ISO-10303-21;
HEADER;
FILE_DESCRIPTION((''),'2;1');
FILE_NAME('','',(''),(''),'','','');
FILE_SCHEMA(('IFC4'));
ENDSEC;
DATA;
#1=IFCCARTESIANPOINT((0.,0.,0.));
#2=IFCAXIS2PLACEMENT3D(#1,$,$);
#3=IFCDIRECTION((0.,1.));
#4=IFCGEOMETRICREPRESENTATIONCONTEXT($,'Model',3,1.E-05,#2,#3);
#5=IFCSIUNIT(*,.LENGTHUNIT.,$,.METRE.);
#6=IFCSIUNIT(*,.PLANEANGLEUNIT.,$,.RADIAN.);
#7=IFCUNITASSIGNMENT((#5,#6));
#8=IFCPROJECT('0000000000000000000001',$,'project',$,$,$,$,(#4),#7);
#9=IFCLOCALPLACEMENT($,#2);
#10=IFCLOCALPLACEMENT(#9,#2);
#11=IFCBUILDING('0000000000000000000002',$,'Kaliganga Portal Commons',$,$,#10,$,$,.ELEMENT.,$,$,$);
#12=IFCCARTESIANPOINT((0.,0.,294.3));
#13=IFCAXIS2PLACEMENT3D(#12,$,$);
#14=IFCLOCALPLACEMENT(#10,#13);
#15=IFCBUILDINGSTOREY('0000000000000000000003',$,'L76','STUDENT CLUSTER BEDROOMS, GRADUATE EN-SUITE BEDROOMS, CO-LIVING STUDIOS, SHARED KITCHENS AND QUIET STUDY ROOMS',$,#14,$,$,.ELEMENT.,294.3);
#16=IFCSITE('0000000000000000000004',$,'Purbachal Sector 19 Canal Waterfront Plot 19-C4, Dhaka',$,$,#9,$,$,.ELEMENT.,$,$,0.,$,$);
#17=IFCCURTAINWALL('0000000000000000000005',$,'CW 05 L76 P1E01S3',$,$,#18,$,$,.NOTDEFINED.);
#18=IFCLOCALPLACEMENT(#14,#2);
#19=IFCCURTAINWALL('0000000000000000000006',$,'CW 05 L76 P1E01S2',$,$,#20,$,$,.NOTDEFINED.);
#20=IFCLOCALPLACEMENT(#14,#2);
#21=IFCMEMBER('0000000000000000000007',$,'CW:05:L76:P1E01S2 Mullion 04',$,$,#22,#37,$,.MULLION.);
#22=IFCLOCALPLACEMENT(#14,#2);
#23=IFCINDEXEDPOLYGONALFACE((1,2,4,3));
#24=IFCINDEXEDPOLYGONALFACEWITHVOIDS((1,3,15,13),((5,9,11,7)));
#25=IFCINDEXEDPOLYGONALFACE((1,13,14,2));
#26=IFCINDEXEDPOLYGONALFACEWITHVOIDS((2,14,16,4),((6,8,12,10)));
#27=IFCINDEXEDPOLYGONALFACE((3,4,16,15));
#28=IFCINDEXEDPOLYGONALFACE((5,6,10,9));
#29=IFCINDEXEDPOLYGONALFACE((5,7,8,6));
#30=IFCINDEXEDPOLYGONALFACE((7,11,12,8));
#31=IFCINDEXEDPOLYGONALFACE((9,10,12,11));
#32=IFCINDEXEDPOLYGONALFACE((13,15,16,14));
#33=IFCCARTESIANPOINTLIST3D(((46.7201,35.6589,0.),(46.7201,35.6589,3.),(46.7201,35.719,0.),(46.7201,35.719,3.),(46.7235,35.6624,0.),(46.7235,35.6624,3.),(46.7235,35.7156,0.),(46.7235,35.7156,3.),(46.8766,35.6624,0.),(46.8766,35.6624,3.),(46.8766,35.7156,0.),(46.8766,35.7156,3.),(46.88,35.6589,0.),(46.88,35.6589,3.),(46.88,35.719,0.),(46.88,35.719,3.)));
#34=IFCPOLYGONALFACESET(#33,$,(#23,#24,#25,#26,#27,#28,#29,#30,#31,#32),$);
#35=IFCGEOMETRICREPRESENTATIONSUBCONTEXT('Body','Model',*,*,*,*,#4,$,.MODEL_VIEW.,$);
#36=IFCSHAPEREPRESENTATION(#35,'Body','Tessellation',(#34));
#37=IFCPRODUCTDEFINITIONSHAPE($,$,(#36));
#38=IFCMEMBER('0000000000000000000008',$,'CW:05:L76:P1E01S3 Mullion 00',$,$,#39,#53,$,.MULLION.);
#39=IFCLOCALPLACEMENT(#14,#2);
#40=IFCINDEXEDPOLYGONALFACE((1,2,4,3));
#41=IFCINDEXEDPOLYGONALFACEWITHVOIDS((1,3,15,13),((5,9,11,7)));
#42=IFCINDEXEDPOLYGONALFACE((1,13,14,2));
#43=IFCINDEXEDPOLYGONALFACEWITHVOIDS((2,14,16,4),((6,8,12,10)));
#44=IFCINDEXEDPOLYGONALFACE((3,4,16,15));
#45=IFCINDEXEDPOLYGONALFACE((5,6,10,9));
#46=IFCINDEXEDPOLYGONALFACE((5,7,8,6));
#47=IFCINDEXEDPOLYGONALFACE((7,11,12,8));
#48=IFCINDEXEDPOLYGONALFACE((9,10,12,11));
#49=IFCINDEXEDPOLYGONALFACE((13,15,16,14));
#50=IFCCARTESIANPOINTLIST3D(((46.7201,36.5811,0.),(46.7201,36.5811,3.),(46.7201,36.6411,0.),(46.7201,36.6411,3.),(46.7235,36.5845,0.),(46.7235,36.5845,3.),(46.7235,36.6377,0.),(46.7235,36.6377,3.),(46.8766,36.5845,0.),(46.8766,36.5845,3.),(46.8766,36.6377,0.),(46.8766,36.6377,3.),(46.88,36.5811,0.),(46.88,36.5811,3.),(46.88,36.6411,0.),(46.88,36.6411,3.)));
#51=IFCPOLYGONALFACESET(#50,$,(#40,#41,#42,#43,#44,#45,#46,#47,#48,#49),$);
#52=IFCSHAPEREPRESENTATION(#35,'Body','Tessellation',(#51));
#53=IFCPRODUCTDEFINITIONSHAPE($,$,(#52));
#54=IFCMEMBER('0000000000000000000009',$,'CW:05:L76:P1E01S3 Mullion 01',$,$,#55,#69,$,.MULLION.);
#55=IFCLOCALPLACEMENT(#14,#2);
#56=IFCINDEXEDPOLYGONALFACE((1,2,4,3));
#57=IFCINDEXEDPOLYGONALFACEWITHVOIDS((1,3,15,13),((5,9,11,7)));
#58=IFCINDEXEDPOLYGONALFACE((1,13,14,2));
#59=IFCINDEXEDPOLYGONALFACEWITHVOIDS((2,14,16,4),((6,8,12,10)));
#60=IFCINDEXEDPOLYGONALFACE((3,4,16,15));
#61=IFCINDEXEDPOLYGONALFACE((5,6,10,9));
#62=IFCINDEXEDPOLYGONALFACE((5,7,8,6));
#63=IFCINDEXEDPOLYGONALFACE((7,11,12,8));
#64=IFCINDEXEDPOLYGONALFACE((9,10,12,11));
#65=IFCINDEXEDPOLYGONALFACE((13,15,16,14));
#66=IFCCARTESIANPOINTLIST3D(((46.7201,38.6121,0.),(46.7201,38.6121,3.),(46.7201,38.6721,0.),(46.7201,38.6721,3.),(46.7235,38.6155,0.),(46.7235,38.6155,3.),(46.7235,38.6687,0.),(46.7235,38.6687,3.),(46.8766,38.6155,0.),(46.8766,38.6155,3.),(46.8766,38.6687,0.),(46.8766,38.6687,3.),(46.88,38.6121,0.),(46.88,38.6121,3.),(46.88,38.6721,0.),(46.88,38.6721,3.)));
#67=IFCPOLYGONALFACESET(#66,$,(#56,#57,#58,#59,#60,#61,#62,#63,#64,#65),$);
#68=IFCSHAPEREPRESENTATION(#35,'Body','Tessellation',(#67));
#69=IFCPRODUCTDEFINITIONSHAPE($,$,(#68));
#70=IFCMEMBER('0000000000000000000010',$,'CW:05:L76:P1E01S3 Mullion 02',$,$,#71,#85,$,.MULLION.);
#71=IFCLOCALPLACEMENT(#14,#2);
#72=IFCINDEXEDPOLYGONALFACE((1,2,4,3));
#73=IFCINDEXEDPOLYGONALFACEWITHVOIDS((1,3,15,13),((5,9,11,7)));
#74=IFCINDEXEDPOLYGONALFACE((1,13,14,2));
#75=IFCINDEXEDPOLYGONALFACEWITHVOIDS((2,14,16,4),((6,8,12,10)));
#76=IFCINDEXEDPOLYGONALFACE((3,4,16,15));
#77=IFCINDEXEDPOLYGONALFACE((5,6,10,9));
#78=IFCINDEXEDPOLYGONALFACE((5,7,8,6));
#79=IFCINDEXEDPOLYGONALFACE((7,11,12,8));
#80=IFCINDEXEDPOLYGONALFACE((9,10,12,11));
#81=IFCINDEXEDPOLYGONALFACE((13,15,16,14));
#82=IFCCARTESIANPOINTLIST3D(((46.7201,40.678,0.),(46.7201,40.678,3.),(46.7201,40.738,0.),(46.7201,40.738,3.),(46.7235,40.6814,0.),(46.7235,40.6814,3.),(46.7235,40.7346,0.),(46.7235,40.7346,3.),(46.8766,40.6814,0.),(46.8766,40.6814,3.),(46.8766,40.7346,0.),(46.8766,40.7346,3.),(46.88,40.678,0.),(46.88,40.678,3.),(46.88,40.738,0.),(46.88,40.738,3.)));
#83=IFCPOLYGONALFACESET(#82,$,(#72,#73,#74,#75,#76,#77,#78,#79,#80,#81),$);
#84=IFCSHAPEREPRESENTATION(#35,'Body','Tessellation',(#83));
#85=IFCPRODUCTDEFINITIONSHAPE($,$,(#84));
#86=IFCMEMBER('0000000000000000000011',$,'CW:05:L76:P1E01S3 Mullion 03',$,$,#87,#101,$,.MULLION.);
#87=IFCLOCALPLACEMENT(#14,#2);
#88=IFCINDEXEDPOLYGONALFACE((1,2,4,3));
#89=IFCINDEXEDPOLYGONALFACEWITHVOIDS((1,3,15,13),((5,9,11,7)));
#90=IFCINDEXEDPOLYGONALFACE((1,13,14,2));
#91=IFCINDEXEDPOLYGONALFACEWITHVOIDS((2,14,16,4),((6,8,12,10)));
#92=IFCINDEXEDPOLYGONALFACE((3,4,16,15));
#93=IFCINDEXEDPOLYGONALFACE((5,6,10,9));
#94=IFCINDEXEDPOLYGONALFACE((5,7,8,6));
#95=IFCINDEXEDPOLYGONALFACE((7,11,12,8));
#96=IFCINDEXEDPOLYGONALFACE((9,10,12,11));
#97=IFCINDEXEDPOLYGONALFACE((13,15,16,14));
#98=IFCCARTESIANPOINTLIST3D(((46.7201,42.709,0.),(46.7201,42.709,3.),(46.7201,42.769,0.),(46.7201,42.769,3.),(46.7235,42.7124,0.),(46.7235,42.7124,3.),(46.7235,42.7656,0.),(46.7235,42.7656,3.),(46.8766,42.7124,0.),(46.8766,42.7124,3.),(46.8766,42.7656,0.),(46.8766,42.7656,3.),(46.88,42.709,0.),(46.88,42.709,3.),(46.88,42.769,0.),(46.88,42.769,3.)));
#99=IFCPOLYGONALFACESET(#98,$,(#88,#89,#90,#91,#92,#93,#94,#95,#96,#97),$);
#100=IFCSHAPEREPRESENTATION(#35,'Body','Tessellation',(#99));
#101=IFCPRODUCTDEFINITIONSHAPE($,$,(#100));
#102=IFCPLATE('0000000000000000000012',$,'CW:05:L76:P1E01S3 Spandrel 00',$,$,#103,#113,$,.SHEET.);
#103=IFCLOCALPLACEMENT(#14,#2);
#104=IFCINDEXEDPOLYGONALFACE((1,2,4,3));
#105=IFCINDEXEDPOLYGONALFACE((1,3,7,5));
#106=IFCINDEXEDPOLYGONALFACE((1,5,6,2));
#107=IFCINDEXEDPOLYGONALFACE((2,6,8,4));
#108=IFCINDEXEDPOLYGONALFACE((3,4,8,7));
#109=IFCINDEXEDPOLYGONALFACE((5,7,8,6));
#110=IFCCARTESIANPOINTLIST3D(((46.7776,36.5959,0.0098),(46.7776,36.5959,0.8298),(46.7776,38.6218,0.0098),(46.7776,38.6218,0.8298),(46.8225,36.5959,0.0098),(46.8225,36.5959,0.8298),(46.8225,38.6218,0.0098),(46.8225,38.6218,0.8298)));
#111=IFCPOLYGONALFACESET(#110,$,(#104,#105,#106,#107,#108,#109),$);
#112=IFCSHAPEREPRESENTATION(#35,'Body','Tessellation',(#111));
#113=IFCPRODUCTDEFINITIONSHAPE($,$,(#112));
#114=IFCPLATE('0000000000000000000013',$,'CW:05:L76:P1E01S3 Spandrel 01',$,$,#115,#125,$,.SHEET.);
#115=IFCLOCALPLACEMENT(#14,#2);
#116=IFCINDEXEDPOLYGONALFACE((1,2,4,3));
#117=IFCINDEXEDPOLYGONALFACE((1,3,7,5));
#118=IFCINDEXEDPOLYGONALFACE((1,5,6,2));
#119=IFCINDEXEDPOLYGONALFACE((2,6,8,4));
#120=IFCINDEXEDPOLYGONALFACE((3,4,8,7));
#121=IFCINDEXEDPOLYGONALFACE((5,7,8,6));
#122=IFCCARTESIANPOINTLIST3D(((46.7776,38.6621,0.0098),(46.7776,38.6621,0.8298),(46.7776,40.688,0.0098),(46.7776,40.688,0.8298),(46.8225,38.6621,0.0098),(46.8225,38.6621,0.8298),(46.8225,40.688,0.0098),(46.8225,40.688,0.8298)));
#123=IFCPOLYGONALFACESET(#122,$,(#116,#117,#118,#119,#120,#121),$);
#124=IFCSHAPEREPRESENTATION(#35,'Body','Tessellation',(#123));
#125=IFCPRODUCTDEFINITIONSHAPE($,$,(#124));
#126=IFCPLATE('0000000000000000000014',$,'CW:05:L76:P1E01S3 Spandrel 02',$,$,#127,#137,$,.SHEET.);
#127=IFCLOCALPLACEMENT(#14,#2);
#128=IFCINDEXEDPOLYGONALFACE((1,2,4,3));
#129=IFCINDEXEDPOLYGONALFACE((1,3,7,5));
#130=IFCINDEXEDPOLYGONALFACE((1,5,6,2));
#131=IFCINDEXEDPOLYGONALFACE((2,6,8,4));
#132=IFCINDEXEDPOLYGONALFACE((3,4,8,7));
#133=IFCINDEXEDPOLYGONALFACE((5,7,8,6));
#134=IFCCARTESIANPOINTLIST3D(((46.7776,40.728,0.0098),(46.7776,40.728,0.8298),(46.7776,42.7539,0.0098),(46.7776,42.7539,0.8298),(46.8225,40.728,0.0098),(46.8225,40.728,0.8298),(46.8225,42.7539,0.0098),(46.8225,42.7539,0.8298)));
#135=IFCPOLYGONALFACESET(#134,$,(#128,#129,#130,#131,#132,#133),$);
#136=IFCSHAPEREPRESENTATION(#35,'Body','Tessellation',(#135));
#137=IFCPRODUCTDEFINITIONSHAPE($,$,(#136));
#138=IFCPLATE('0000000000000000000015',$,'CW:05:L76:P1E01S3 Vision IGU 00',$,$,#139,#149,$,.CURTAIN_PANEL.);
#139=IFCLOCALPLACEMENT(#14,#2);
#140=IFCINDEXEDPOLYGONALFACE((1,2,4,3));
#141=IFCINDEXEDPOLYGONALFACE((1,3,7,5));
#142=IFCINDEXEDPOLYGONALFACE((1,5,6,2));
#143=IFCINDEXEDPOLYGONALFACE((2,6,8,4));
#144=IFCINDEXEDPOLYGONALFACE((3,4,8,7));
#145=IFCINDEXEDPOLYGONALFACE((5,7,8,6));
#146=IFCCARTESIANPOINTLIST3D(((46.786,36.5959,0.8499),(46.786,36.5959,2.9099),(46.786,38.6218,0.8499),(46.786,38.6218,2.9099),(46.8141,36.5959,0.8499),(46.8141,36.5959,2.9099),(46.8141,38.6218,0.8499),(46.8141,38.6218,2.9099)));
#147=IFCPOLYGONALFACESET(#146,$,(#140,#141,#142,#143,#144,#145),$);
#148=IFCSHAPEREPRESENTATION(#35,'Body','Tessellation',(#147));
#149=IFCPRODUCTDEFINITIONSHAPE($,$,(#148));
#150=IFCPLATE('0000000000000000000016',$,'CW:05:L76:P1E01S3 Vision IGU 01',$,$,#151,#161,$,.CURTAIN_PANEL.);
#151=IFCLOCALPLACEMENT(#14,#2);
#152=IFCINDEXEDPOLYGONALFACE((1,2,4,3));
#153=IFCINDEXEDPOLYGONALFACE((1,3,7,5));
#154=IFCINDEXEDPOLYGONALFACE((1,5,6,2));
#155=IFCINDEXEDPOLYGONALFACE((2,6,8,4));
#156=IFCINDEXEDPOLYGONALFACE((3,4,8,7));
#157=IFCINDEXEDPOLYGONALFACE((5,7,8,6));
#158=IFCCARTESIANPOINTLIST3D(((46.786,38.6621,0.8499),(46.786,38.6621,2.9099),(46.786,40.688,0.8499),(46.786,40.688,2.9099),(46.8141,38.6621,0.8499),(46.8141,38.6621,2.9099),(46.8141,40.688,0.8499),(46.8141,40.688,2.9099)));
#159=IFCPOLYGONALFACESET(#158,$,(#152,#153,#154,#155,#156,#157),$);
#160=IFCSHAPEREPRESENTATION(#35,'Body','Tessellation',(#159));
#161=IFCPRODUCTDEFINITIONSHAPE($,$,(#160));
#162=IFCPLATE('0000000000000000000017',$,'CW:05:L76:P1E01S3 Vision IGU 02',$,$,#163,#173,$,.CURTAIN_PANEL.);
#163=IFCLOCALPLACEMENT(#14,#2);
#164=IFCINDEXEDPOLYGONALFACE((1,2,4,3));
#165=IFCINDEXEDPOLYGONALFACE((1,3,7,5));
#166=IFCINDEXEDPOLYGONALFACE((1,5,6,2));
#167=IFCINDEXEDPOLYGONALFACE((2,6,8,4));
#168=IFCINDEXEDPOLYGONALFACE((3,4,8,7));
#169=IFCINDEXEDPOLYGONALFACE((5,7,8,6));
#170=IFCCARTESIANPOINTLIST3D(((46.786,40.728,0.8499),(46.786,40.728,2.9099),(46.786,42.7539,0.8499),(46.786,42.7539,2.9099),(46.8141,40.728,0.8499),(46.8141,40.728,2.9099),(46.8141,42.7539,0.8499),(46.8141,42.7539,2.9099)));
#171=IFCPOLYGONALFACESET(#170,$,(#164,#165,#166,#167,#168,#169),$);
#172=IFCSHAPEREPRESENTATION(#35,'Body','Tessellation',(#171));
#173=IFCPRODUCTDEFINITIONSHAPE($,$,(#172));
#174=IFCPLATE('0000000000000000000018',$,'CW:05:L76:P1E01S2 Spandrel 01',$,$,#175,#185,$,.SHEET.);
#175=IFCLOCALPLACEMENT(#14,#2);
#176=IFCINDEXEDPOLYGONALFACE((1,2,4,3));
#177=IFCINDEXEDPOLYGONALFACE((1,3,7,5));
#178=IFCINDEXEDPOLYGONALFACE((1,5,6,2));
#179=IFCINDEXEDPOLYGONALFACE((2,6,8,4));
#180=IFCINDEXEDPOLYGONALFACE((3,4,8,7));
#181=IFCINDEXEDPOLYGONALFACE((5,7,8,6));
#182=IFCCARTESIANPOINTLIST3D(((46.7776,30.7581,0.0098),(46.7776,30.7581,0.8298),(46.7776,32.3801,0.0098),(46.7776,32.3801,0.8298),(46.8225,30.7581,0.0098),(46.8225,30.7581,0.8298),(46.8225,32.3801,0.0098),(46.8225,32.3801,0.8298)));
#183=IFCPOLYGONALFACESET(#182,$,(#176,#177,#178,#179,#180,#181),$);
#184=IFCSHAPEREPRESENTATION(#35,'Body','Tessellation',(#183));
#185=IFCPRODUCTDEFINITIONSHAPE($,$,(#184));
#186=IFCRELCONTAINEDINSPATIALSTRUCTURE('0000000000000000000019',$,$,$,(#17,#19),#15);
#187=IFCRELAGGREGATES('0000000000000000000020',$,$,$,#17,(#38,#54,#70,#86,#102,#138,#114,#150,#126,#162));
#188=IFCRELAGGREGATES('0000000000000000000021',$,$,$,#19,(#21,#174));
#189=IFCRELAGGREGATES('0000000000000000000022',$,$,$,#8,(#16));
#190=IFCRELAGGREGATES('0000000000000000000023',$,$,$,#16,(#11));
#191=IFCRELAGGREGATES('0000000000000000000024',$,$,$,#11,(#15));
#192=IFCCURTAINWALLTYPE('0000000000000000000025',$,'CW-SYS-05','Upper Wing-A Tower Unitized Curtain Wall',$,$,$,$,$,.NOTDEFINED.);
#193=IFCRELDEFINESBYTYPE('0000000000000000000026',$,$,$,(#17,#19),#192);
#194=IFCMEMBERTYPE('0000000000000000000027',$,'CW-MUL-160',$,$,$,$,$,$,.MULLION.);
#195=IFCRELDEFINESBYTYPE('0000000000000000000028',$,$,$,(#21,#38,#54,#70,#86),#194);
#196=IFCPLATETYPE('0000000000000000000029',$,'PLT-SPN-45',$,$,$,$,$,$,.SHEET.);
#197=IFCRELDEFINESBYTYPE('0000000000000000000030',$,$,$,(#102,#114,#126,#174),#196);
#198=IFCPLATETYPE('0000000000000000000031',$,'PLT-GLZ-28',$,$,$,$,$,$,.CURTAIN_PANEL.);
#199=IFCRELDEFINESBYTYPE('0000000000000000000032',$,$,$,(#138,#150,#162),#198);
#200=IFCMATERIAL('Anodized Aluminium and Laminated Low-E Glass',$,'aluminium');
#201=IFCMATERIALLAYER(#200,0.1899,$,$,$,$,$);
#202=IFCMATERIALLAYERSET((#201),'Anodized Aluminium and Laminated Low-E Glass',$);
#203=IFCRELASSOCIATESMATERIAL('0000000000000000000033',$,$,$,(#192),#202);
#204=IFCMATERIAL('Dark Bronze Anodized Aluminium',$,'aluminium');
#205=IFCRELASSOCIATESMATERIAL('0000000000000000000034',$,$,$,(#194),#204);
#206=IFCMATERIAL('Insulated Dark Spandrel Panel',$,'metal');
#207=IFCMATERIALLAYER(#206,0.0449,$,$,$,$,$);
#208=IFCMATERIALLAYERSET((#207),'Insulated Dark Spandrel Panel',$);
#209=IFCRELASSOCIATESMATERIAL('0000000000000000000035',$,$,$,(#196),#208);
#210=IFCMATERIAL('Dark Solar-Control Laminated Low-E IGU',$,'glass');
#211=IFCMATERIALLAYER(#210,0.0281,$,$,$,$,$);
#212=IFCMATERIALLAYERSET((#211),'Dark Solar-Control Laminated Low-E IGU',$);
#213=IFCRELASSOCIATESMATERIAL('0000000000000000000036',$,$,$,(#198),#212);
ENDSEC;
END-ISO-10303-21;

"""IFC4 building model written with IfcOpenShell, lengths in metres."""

from ifc_helpers import new_model, si_unit, direction, frame, origin, origin_2d, place, context, subcontext, project, spatial, rectangle, hollow_rectangle, extrude, source, transform, mapped, material, layer, layer_set, material_profile, profile_set, type_object, element, aggregate, save


model = new_model("IFC4")

# Units and contexts
model_context = context("Model", 3, precision=1e-05, world=origin(), true_north=direction((0.0, 1.0)))
body_context = subcontext(model_context, "Body", "Model", "MODEL_VIEW")
ifc_project = project(units=[si_unit("LENGTHUNIT", "METRE"), si_unit("PLANEANGLEUNIT", "RADIAN")], contexts=[model_context])

# Site, building, storey
site_placement = place(None, origin())
site = spatial("IfcSite", under=ifc_project, at=site_placement, Name="Purbachal Sector 19 Canal Waterfront Plot 19-C4, Dhaka", CompositionType="ELEMENT", RefElevation=0.0)
building_placement = place(site_placement, origin())
building = spatial("IfcBuilding", under=site, at=building_placement, Name="Kaliganga Portal Commons", CompositionType="ELEMENT")
storey_placement = place(building_placement, frame((0.0, 0.0, 294.3)))
storey = spatial("IfcBuildingStorey", under=building, at=storey_placement, Name="L76", Description="STUDENT CLUSTER BEDROOMS, GRADUATE EN-SUITE BEDROOMS, CO-LIVING STUDIOS, SHARED KITCHENS AND QUIET STUDY ROOMS", CompositionType="ELEMENT", Elevation=294.3)

# Curtain walls, member
ifc_material_1 = material(Name="Anodized Aluminium and Laminated Low-E Glass", Category="aluminium")
ifc_layer_1 = layer(ifc_material_1, 0.1899)
ifc_layer_set_1 = layer_set([ifc_layer_1], Name="Anodized Aluminium and Laminated Low-E Glass")
curtain_wall_type = type_object("IfcCurtainWallType", Name="CW-SYS-05", Description="Upper Wing-A Tower Unitized Curtain Wall", PredefinedType="NOTDEFINED", material=ifc_layer_set_1)
curtain_wall_1_placement = place(storey_placement, origin())
curtain_wall_1 = element("IfcCurtainWall", 1, at=curtain_wall_1_placement, inside=storey, type_object=curtain_wall_type, Name="CW 05 L76 P1E01S3", PredefinedType="NOTDEFINED")
ifc_material_2 = material(Name="Dark Bronze Anodized Aluminium", Category="aluminium")
curtain_wall_2_placement = place(storey_placement, origin())
curtain_wall_2 = element("IfcCurtainWall", 2, at=curtain_wall_2_placement, inside=storey, type_object=curtain_wall_type, Name="CW 05 L76 P1E01S2", PredefinedType="NOTDEFINED")
ifc_material_profile_1 = material_profile(ifc_material_2, hollow_rectangle(XDim=0.0601, YDim=0.1599, WallThickness=0.0034, at=origin_2d()), Name="ALU MULL 60x160x3.5")
ifc_profile_set_1 = profile_set([ifc_material_profile_1], Name="Dark Bronze Anodized Aluminium")
member_type_1 = type_object("IfcMemberType", Name="CW-MUL-160", PredefinedType="MULLION", material=ifc_profile_set_1)
shared_shape_1 = source(origin(), body_context, "Body", "SweptSolid", [
    extrude(hollow_rectangle(XDim=0.0601, YDim=0.1599, WallThickness=0.0034, at=origin_2d()), origin(), (0.0, 0.0, 1.0), 3.0),
])
member_1_placement = place(storey_placement, frame((46.8, 35.689, 0.0), z_axis=(0.0, 0.0, 1.0), x_axis=(0.0, 1.0, 0.0)))
member_1 = element("IfcMember", 3, at=member_1_placement, type_object=member_type_1, Name="CW:05:L76:P1E01S2 Mullion 04", PredefinedType="MULLION", context=body_context, shape_type="MappedRepresentation", body=[
    mapped(shared_shape_1, transform((0.0, 0.0, 0.0), x_axis=(1.0, 0.0, 0.0), y_axis=(0.0, 1.0, 0.0), z_axis=(0.0, 0.0, 1.0), scale=1.0)),
])

# Members
member_2_placement = place(storey_placement, frame((46.8, 36.6111, 0.0), z_axis=(0.0, 0.0, 1.0), x_axis=(0.0, 1.0, 0.0)))
member_2 = element("IfcMember", 4, at=member_2_placement, type_object=member_type_1, Name="CW:05:L76:P1E01S3 Mullion 00", PredefinedType="MULLION", context=body_context, shape_type="MappedRepresentation", body=[
    mapped(shared_shape_1, transform((0.0, 0.0, 0.0), x_axis=(1.0, 0.0, 0.0), y_axis=(0.0, 1.0, 0.0), z_axis=(0.0, 0.0, 1.0), scale=1.0)),
])
member_3_placement = place(storey_placement, frame((46.8, 38.6421, 0.0), z_axis=(0.0, 0.0, 1.0), x_axis=(0.0, 1.0, 0.0)))
member_3 = element("IfcMember", 5, at=member_3_placement, type_object=member_type_1, Name="CW:05:L76:P1E01S3 Mullion 01", PredefinedType="MULLION", context=body_context, shape_type="MappedRepresentation", body=[
    mapped(shared_shape_1, transform((0.0, 0.0, 0.0), x_axis=(1.0, 0.0, 0.0), y_axis=(0.0, 1.0, 0.0), z_axis=(0.0, 0.0, 1.0), scale=1.0)),
])
member_4_placement = place(storey_placement, frame((46.8, 40.708, 0.0), z_axis=(0.0, 0.0, 1.0), x_axis=(0.0, 1.0, 0.0)))
member_4 = element("IfcMember", 6, at=member_4_placement, type_object=member_type_1, Name="CW:05:L76:P1E01S3 Mullion 02", PredefinedType="MULLION", context=body_context, shape_type="MappedRepresentation", body=[
    mapped(shared_shape_1, transform((0.0, 0.0, 0.0), x_axis=(1.0, 0.0, 0.0), y_axis=(0.0, 1.0, 0.0), z_axis=(0.0, 0.0, 1.0), scale=1.0)),
])
member_5_placement = place(storey_placement, frame((46.8, 42.739, 0.0), z_axis=(0.0, 0.0, 1.0), x_axis=(0.0, 1.0, 0.0)))
member_5 = element("IfcMember", 7, at=member_5_placement, type_object=member_type_1, Name="CW:05:L76:P1E01S3 Mullion 03", PredefinedType="MULLION", context=body_context, shape_type="MappedRepresentation", body=[
    mapped(shared_shape_1, transform((0.0, 0.0, 0.0), x_axis=(1.0, 0.0, 0.0), y_axis=(0.0, 1.0, 0.0), z_axis=(0.0, 0.0, 1.0), scale=1.0)),
])

# Plates
ifc_material_3 = material(Name="Insulated Dark Spandrel Panel", Category="metal")
ifc_layer_2 = layer(ifc_material_3, 0.0449)
ifc_layer_set_2 = layer_set([ifc_layer_2], Name="Insulated Dark Spandrel Panel")
plate_type_1 = type_object("IfcPlateType", Name="PLT-SPN-45", PredefinedType="SHEET", material=ifc_layer_set_2)
shared_shape_2 = source(origin(), body_context, "Body", "SweptSolid", [
    extrude(rectangle(XDim=2.0259, YDim=0.0449, at=origin_2d()), origin(), (0.0, 0.0, 1.0), 0.8201),
])
plate_1_placement = place(storey_placement, frame((46.8, 37.6089, 0.0098), z_axis=(0.0, 0.0, 1.0), x_axis=(0.0, 1.0, 0.0)))
plate_1 = element("IfcPlate", 8, at=plate_1_placement, type_object=plate_type_1, Name="CW:05:L76:P1E01S3 Spandrel 00", PredefinedType="SHEET", context=body_context, shape_type="MappedRepresentation", body=[
    mapped(shared_shape_2, transform((0.0, 0.0, 0.0), x_axis=(1.0, 0.0, 0.0), y_axis=(0.0, 1.0, 0.0), z_axis=(0.0, 0.0, 1.0), scale=1.0)),
])
plate_2_placement = place(storey_placement, frame((46.8, 39.675, 0.0098), z_axis=(0.0, 0.0, 1.0), x_axis=(0.0, 1.0, 0.0)))
plate_2 = element("IfcPlate", 9, at=plate_2_placement, type_object=plate_type_1, Name="CW:05:L76:P1E01S3 Spandrel 01", PredefinedType="SHEET", context=body_context, shape_type="MappedRepresentation", body=[
    mapped(shared_shape_2, transform((0.0, 0.0, 0.0), x_axis=(1.0, 0.0, 0.0), y_axis=(0.0, 1.0, 0.0), z_axis=(0.0, 0.0, 1.0), scale=1.0)),
])
plate_3_placement = place(storey_placement, frame((46.8, 41.741, 0.0098), z_axis=(0.0, 0.0, 1.0), x_axis=(0.0, 1.0, 0.0)))
plate_3 = element("IfcPlate", 10, at=plate_3_placement, type_object=plate_type_1, Name="CW:05:L76:P1E01S3 Spandrel 02", PredefinedType="SHEET", context=body_context, shape_type="MappedRepresentation", body=[
    mapped(shared_shape_2, transform((0.0, 0.0, 0.0), x_axis=(1.0, 0.0, 0.0), y_axis=(0.0, 1.0, 0.0), z_axis=(0.0, 0.0, 1.0), scale=1.0)),
])
ifc_material_4 = material(Name="Dark Solar-Control Laminated Low-E IGU", Category="glass")
ifc_layer_3 = layer(ifc_material_4, 0.0281)
ifc_layer_set_3 = layer_set([ifc_layer_3], Name="Dark Solar-Control Laminated Low-E IGU")
plate_type_2 = type_object("IfcPlateType", Name="PLT-GLZ-28", PredefinedType="CURTAIN_PANEL", material=ifc_layer_set_3)
shared_shape_3 = source(origin(), body_context, "Body", "SweptSolid", [
    extrude(rectangle(XDim=2.0259, YDim=0.0281, at=origin_2d()), origin(), (0.0, 0.0, 1.0), 2.0601),
])
plate_4_placement = place(storey_placement, frame((46.8, 37.6089, 0.8499), z_axis=(0.0, 0.0, 1.0), x_axis=(0.0, 1.0, 0.0)))
plate_4 = element("IfcPlate", 11, at=plate_4_placement, type_object=plate_type_2, Name="CW:05:L76:P1E01S3 Vision IGU 00", PredefinedType="CURTAIN_PANEL", context=body_context, shape_type="MappedRepresentation", body=[
    mapped(shared_shape_3, transform((0.0, 0.0, 0.0), x_axis=(1.0, 0.0, 0.0), y_axis=(0.0, 1.0, 0.0), z_axis=(0.0, 0.0, 1.0), scale=1.0)),
])
plate_5_placement = place(storey_placement, frame((46.8, 39.675, 0.8499), z_axis=(0.0, 0.0, 1.0), x_axis=(0.0, 1.0, 0.0)))
plate_5 = element("IfcPlate", 12, at=plate_5_placement, type_object=plate_type_2, Name="CW:05:L76:P1E01S3 Vision IGU 01", PredefinedType="CURTAIN_PANEL", context=body_context, shape_type="MappedRepresentation", body=[
    mapped(shared_shape_3, transform((0.0, 0.0, 0.0), x_axis=(1.0, 0.0, 0.0), y_axis=(0.0, 1.0, 0.0), z_axis=(0.0, 0.0, 1.0), scale=1.0)),
])
plate_6_placement = place(storey_placement, frame((46.8, 41.741, 0.8499), z_axis=(0.0, 0.0, 1.0), x_axis=(0.0, 1.0, 0.0)))
plate_6 = element("IfcPlate", 13, at=plate_6_placement, type_object=plate_type_2, Name="CW:05:L76:P1E01S3 Vision IGU 02", PredefinedType="CURTAIN_PANEL", context=body_context, shape_type="MappedRepresentation", body=[
    mapped(shared_shape_3, transform((0.0, 0.0, 0.0), x_axis=(1.0, 0.0, 0.0), y_axis=(0.0, 1.0, 0.0), z_axis=(0.0, 0.0, 1.0), scale=1.0)),
])
aggregate(curtain_wall_1, [member_2, member_3, member_4, member_5, plate_1, plate_4, plate_2, plate_5, plate_3, plate_6])
shared_shape_4 = source(origin(), body_context, "Body", "SweptSolid", [
    extrude(rectangle(XDim=1.6221, YDim=0.0449, at=origin_2d()), origin(), (0.0, 0.0, 1.0), 0.8201),
])
plate_7_placement = place(storey_placement, frame((46.8, 31.5691, 0.0098), z_axis=(0.0, 0.0, 1.0), x_axis=(0.0, 1.0, 0.0)))
plate_7 = element("IfcPlate", 14, at=plate_7_placement, type_object=plate_type_1, Name="CW:05:L76:P1E01S2 Spandrel 01", PredefinedType="SHEET", context=body_context, shape_type="MappedRepresentation", body=[
    mapped(shared_shape_4, transform((0.0, 0.0, 0.0), x_axis=(1.0, 0.0, 0.0), y_axis=(0.0, 1.0, 0.0), z_axis=(0.0, 0.0, 1.0), scale=1.0)),
])
aggregate(curtain_wall_2, [member_1, plate_7])

save(model, "model.ifc")
